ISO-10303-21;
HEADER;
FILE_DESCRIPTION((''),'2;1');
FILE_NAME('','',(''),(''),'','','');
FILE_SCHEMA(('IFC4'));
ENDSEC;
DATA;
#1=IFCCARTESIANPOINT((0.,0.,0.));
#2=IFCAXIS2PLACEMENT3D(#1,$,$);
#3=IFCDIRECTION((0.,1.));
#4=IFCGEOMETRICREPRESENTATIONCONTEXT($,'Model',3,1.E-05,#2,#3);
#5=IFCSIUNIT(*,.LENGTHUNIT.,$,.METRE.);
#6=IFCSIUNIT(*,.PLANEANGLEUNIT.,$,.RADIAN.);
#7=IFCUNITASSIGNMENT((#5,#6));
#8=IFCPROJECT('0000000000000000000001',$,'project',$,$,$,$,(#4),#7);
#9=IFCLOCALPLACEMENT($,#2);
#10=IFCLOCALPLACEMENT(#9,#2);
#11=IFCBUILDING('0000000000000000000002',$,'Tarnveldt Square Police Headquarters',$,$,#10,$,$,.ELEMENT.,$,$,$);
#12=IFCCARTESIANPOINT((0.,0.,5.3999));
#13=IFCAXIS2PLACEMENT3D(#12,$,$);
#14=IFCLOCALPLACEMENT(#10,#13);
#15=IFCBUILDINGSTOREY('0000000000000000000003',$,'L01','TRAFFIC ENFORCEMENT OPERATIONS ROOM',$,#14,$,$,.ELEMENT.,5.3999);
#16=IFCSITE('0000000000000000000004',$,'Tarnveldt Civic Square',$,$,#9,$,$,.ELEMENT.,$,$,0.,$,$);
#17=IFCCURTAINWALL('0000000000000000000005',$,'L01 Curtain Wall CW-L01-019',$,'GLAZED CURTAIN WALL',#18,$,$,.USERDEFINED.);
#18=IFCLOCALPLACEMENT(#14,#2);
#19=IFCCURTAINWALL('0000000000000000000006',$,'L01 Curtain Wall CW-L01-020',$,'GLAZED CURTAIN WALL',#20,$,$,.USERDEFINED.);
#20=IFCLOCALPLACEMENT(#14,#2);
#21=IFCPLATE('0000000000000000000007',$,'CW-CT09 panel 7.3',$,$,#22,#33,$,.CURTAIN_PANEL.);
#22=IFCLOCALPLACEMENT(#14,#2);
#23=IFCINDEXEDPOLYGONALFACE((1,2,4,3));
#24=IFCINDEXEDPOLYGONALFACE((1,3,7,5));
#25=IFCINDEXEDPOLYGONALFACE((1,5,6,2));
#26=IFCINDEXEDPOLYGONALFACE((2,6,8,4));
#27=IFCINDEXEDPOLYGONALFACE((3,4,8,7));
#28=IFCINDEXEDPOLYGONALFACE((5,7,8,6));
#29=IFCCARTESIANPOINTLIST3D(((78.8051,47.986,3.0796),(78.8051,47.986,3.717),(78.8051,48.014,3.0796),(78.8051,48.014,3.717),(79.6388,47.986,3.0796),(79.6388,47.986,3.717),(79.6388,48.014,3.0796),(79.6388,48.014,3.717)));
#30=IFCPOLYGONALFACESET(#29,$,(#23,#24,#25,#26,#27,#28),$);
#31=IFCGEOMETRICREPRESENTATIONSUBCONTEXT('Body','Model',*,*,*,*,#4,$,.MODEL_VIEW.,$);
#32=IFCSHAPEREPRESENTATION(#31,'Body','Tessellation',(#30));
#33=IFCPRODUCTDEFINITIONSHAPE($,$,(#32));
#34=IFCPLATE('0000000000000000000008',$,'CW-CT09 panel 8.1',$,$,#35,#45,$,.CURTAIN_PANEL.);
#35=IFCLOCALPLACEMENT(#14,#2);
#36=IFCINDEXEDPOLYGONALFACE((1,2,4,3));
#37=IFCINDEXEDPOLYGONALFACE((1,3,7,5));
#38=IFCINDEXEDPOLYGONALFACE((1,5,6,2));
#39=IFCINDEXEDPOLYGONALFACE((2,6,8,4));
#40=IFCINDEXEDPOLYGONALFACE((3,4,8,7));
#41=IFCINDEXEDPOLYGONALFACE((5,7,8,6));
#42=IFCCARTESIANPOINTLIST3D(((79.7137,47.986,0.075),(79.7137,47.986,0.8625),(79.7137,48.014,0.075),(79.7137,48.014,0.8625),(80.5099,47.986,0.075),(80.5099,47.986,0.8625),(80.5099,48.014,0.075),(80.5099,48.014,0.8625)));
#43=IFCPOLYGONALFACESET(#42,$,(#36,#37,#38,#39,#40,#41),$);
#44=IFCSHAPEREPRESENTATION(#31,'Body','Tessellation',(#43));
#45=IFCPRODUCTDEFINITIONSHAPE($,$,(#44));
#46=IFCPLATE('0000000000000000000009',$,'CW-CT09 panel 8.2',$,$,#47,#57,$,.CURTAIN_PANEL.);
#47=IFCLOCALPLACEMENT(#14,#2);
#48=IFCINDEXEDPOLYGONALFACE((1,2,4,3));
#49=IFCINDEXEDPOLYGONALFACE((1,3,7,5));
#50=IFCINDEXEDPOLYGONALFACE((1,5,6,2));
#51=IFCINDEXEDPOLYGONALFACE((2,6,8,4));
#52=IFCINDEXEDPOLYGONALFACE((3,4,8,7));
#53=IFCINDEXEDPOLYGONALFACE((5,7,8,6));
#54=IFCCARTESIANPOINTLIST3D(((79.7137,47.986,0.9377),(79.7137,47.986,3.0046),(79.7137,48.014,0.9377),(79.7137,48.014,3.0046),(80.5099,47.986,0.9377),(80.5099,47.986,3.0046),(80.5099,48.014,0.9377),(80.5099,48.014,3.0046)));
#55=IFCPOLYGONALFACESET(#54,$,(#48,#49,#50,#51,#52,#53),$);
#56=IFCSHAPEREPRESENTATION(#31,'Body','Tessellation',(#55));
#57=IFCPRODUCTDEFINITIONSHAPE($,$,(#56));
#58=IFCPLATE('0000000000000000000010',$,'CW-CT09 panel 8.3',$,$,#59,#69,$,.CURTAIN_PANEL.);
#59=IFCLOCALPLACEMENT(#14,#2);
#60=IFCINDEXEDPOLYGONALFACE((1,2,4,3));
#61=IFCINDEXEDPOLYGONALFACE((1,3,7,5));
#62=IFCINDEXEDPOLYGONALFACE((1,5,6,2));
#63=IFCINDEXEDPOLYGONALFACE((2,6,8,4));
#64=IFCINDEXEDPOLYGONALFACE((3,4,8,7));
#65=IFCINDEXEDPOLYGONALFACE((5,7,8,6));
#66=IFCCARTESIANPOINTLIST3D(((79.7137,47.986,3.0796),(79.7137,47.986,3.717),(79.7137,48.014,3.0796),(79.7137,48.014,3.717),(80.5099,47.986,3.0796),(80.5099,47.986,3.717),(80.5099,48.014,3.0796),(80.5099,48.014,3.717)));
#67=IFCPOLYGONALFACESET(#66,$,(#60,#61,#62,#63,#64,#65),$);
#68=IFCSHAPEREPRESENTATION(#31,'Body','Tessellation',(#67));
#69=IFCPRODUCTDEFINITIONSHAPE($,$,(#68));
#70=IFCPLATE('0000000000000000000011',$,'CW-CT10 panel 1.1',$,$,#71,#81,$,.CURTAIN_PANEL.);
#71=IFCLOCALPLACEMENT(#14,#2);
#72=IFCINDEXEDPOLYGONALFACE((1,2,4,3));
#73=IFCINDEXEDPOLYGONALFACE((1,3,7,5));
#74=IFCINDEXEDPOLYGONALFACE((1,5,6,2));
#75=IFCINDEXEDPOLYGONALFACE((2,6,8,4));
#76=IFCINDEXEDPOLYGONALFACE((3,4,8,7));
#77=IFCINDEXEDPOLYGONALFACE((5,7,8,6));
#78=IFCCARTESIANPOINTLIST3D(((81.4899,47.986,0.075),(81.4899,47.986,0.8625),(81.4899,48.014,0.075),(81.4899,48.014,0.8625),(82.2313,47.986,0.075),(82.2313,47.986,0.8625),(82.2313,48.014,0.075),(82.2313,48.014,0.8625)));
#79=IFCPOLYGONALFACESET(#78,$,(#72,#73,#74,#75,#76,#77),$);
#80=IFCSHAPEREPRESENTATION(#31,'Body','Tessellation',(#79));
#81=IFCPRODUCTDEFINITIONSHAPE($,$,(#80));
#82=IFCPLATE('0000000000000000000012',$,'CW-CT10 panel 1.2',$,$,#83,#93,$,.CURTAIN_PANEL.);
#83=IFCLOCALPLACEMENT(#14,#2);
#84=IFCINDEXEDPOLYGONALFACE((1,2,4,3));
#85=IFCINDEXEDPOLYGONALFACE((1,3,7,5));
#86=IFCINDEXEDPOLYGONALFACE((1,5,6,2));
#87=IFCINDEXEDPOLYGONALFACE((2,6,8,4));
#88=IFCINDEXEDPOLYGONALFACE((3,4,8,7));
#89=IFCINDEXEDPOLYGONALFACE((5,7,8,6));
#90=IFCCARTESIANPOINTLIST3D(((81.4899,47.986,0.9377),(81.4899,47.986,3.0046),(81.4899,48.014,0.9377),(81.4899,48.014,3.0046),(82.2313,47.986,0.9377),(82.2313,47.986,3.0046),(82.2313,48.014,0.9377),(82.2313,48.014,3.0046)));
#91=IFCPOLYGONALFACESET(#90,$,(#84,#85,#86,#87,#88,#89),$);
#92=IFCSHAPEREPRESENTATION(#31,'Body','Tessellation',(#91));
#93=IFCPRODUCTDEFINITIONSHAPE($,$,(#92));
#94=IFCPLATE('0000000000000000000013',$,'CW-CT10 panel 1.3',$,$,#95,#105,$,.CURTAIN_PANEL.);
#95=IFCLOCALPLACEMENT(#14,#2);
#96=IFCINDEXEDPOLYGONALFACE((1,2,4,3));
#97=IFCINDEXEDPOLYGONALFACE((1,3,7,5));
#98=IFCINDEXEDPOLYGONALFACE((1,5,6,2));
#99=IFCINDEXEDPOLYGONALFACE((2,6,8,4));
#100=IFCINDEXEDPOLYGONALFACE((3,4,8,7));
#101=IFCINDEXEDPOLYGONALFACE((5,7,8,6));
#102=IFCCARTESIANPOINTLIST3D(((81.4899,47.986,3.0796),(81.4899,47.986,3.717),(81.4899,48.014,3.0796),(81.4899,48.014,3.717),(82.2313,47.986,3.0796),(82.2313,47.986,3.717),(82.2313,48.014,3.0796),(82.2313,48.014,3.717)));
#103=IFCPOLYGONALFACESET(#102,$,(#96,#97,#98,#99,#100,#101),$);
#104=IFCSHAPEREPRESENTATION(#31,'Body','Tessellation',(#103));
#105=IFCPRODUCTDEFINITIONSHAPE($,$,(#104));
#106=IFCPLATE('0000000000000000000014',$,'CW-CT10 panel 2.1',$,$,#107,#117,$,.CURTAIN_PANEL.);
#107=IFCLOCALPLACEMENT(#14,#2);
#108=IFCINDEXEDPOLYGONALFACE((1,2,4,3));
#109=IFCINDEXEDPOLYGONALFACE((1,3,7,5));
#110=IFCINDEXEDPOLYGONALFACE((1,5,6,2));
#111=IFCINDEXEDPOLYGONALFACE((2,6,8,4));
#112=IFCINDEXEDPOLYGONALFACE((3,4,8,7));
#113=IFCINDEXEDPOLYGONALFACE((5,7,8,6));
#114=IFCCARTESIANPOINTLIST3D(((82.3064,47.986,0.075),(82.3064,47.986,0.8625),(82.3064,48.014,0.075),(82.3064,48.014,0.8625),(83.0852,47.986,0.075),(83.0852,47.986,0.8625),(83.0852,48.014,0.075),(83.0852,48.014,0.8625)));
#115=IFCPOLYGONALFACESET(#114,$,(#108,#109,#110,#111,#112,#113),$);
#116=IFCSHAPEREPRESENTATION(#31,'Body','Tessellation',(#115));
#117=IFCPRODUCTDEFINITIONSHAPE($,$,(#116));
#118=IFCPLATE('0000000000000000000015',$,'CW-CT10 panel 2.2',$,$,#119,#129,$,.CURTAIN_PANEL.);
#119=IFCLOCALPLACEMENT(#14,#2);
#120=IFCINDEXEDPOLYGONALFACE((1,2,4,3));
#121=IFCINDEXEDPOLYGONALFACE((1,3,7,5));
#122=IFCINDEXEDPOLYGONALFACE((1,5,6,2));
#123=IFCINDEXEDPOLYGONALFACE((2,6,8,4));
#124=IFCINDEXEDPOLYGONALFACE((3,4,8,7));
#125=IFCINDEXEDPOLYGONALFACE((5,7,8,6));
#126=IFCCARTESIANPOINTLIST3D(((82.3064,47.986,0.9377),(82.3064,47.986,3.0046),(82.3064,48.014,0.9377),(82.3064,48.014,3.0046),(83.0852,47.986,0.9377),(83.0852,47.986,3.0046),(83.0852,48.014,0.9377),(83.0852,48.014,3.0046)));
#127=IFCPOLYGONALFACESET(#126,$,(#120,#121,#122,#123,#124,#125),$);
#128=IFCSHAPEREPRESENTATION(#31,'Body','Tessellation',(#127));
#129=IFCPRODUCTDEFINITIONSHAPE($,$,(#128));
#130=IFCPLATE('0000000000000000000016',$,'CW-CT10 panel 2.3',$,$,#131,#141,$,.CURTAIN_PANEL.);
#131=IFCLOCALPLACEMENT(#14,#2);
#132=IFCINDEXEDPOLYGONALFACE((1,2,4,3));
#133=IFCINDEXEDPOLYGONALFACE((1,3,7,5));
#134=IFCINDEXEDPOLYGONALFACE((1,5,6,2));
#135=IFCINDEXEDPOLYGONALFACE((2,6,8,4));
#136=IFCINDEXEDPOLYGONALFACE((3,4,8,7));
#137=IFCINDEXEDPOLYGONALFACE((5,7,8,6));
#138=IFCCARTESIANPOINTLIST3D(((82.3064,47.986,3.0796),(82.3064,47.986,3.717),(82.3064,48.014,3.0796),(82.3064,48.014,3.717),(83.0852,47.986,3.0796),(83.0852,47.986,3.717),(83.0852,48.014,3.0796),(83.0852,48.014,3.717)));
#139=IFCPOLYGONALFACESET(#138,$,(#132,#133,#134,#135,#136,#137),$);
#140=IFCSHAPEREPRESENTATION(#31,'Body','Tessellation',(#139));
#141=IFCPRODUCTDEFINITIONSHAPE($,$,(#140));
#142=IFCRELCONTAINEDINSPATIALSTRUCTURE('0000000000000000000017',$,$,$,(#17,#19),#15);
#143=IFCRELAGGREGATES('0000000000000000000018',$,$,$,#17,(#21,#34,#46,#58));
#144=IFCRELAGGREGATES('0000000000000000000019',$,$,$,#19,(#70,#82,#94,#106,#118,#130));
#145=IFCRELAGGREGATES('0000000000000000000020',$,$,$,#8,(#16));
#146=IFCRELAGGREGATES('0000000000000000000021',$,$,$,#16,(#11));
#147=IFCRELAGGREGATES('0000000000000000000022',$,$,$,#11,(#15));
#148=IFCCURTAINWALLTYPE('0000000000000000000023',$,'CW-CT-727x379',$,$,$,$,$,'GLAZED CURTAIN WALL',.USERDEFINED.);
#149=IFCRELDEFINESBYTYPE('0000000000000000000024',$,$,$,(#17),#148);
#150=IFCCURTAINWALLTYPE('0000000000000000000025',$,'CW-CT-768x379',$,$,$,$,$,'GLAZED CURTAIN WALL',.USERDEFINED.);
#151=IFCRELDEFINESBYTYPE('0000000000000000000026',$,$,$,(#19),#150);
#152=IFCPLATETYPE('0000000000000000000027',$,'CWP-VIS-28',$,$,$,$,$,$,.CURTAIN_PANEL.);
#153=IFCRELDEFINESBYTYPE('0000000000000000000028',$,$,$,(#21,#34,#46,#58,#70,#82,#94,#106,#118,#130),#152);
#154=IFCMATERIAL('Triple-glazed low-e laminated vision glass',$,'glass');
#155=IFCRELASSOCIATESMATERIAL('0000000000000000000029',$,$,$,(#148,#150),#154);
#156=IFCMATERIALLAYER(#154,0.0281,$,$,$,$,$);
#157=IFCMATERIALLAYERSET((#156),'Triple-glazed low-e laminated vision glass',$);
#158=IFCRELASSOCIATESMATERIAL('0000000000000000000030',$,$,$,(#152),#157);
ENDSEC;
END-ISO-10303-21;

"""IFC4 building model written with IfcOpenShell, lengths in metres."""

from ifc_helpers import new_model, si_unit, direction, frame, origin, origin_2d, place, context, subcontext, project, spatial, rectangle, extrude, material, layer, layer_set, type_object, element, aggregate, save


model = new_model("IFC4")

# Units and contexts
model_context = context("Model", 3, precision=1e-05, world=origin(), true_north=direction((0.0, 1.0)))
body_context = subcontext(model_context, "Body", "Model", "MODEL_VIEW")
ifc_project = project(units=[si_unit("LENGTHUNIT", "METRE"), si_unit("PLANEANGLEUNIT", "RADIAN")], contexts=[model_context])

# Site, building, storey
site_placement = place(None, origin())
site = spatial("IfcSite", under=ifc_project, at=site_placement, Name="Tarnveldt Civic Square", CompositionType="ELEMENT", RefElevation=0.0)
building_placement = place(site_placement, origin())
building = spatial("IfcBuilding", under=site, at=building_placement, Name="Tarnveldt Square Police Headquarters", CompositionType="ELEMENT")
storey_placement = place(building_placement, frame((0.0, 0.0, 5.3999)))
storey = spatial("IfcBuildingStorey", under=building, at=storey_placement, Name="L01", Description="TRAFFIC ENFORCEMENT OPERATIONS ROOM", CompositionType="ELEMENT", Elevation=5.3999)

# Curtain walls
ifc_material_1 = material(Name="Triple-glazed low-e laminated vision glass", Category="glass")
curtain_wall_type_1 = type_object("IfcCurtainWallType", Name="CW-CT-727x379", ElementType="GLAZED CURTAIN WALL", PredefinedType="USERDEFINED", material=ifc_material_1)
curtain_wall_1_placement = place(storey_placement, origin())
curtain_wall_1 = element("IfcCurtainWall", 1, at=curtain_wall_1_placement, inside=storey, type_object=curtain_wall_type_1, Name="L01 Curtain Wall CW-L01-019", ObjectType="GLAZED CURTAIN WALL", PredefinedType="USERDEFINED")
curtain_wall_type_2 = type_object("IfcCurtainWallType", Name="CW-CT-768x379", ElementType="GLAZED CURTAIN WALL", PredefinedType="USERDEFINED", material=ifc_material_1)
curtain_wall_2_placement = place(storey_placement, origin())
curtain_wall_2 = element("IfcCurtainWall", 2, at=curtain_wall_2_placement, inside=storey, type_object=curtain_wall_type_2, Name="L01 Curtain Wall CW-L01-020", ObjectType="GLAZED CURTAIN WALL", PredefinedType="USERDEFINED")

# Plates
ifc_layer = layer(ifc_material_1, 0.0281)
ifc_layer_set = layer_set([ifc_layer], Name="Triple-glazed low-e laminated vision glass")
plate_type = type_object("IfcPlateType", Name="CWP-VIS-28", PredefinedType="CURTAIN_PANEL", material=ifc_layer_set)
plate_1_placement = place(storey_placement, frame((79.2219, 48.0, 3.0796), z_axis=(0.0, 0.0, 1.0), x_axis=(1.0, 0.0, 0.0)))
plate_1 = element("IfcPlate", 3, at=plate_1_placement, type_object=plate_type, Name="CW-CT09 panel 7.3", PredefinedType="CURTAIN_PANEL", context=body_context, shape_type="SweptSolid", body=[
    extrude(rectangle(XDim=0.8337, YDim=0.0281, at=origin_2d()), origin(), (0.0, 0.0, 1.0), 0.6375),
])
plate_2_placement = place(storey_placement, frame((80.1118, 48.0, 0.075), z_axis=(0.0, 0.0, 1.0), x_axis=(1.0, 0.0, 0.0)))
plate_2 = element("IfcPlate", 4, at=plate_2_placement, type_object=plate_type, Name="CW-CT09 panel 8.1", PredefinedType="CURTAIN_PANEL", context=body_context, shape_type="SweptSolid", body=[
    extrude(rectangle(XDim=0.7961, YDim=0.0281, at=origin_2d()), origin(), (0.0, 0.0, 1.0), 0.7876),
])
plate_3_placement = place(storey_placement, frame((80.1118, 48.0, 0.9377), z_axis=(0.0, 0.0, 1.0), x_axis=(1.0, 0.0, 0.0)))
plate_3 = element("IfcPlate", 5, at=plate_3_placement, type_object=plate_type, Name="CW-CT09 panel 8.2", PredefinedType="CURTAIN_PANEL", context=body_context, shape_type="SweptSolid", body=[
    extrude(rectangle(XDim=0.7961, YDim=0.0281, at=origin_2d()), origin(), (0.0, 0.0, 1.0), 2.0669),
])
plate_4_placement = place(storey_placement, frame((80.1118, 48.0, 3.0796), z_axis=(0.0, 0.0, 1.0), x_axis=(1.0, 0.0, 0.0)))
plate_4 = element("IfcPlate", 6, at=plate_4_placement, type_object=plate_type, Name="CW-CT09 panel 8.3", PredefinedType="CURTAIN_PANEL", context=body_context, shape_type="SweptSolid", body=[
    extrude(rectangle(XDim=0.7961, YDim=0.0281, at=origin_2d()), origin(), (0.0, 0.0, 1.0), 0.6375),
])
aggregate(curtain_wall_1, [plate_1, plate_2, plate_3, plate_4])
plate_5_placement = place(storey_placement, frame((81.8606, 48.0, 0.075), z_axis=(0.0, 0.0, 1.0), x_axis=(1.0, 0.0, 0.0)))
plate_5 = element("IfcPlate", 7, at=plate_5_placement, type_object=plate_type, Name="CW-CT10 panel 1.1", PredefinedType="CURTAIN_PANEL", context=body_context, shape_type="SweptSolid", body=[
    extrude(rectangle(XDim=0.7415, YDim=0.0281, at=origin_2d()), origin(), (0.0, 0.0, 1.0), 0.7876),
])
plate_6_placement = place(storey_placement, frame((81.8606, 48.0, 0.9377), z_axis=(0.0, 0.0, 1.0), x_axis=(1.0, 0.0, 0.0)))
plate_6 = element("IfcPlate", 8, at=plate_6_placement, type_object=plate_type, Name="CW-CT10 panel 1.2", PredefinedType="CURTAIN_PANEL", context=body_context, shape_type="SweptSolid", body=[
    extrude(rectangle(XDim=0.7415, YDim=0.0281, at=origin_2d()), origin(), (0.0, 0.0, 1.0), 2.0669),
])
plate_7_placement = place(storey_placement, frame((81.8606, 48.0, 3.0796), z_axis=(0.0, 0.0, 1.0), x_axis=(1.0, 0.0, 0.0)))
plate_7 = element("IfcPlate", 9, at=plate_7_placement, type_object=plate_type, Name="CW-CT10 panel 1.3", PredefinedType="CURTAIN_PANEL", context=body_context, shape_type="SweptSolid", body=[
    extrude(rectangle(XDim=0.7415, YDim=0.0281, at=origin_2d()), origin(), (0.0, 0.0, 1.0), 0.6375),
])
plate_8_placement = place(storey_placement, frame((82.6958, 48.0, 0.075), z_axis=(0.0, 0.0, 1.0), x_axis=(1.0, 0.0, 0.0)))
plate_8 = element("IfcPlate", 10, at=plate_8_placement, type_object=plate_type, Name="CW-CT10 panel 2.1", PredefinedType="CURTAIN_PANEL", context=body_context, shape_type="SweptSolid", body=[
    extrude(rectangle(XDim=0.7788, YDim=0.0281, at=origin_2d()), origin(), (0.0, 0.0, 1.0), 0.7876),
])
plate_9_placement = place(storey_placement, frame((82.6958, 48.0, 0.9377), z_axis=(0.0, 0.0, 1.0), x_axis=(1.0, 0.0, 0.0)))
plate_9 = element("IfcPlate", 11, at=plate_9_placement, type_object=plate_type, Name="CW-CT10 panel 2.2", PredefinedType="CURTAIN_PANEL", context=body_context, shape_type="SweptSolid", body=[
    extrude(rectangle(XDim=0.7788, YDim=0.0281, at=origin_2d()), origin(), (0.0, 0.0, 1.0), 2.0669),
])
plate_10_placement = place(storey_placement, frame((82.6958, 48.0, 3.0796), z_axis=(0.0, 0.0, 1.0), x_axis=(1.0, 0.0, 0.0)))
plate_10 = element("IfcPlate", 12, at=plate_10_placement, type_object=plate_type, Name="CW-CT10 panel 2.3", PredefinedType="CURTAIN_PANEL", context=body_context, shape_type="SweptSolid", body=[
    extrude(rectangle(XDim=0.7788, YDim=0.0281, at=origin_2d()), origin(), (0.0, 0.0, 1.0), 0.6375),
])
aggregate(curtain_wall_2, [plate_5, plate_6, plate_7, plate_8, plate_9, plate_10])

save(model, "model.ifc")
